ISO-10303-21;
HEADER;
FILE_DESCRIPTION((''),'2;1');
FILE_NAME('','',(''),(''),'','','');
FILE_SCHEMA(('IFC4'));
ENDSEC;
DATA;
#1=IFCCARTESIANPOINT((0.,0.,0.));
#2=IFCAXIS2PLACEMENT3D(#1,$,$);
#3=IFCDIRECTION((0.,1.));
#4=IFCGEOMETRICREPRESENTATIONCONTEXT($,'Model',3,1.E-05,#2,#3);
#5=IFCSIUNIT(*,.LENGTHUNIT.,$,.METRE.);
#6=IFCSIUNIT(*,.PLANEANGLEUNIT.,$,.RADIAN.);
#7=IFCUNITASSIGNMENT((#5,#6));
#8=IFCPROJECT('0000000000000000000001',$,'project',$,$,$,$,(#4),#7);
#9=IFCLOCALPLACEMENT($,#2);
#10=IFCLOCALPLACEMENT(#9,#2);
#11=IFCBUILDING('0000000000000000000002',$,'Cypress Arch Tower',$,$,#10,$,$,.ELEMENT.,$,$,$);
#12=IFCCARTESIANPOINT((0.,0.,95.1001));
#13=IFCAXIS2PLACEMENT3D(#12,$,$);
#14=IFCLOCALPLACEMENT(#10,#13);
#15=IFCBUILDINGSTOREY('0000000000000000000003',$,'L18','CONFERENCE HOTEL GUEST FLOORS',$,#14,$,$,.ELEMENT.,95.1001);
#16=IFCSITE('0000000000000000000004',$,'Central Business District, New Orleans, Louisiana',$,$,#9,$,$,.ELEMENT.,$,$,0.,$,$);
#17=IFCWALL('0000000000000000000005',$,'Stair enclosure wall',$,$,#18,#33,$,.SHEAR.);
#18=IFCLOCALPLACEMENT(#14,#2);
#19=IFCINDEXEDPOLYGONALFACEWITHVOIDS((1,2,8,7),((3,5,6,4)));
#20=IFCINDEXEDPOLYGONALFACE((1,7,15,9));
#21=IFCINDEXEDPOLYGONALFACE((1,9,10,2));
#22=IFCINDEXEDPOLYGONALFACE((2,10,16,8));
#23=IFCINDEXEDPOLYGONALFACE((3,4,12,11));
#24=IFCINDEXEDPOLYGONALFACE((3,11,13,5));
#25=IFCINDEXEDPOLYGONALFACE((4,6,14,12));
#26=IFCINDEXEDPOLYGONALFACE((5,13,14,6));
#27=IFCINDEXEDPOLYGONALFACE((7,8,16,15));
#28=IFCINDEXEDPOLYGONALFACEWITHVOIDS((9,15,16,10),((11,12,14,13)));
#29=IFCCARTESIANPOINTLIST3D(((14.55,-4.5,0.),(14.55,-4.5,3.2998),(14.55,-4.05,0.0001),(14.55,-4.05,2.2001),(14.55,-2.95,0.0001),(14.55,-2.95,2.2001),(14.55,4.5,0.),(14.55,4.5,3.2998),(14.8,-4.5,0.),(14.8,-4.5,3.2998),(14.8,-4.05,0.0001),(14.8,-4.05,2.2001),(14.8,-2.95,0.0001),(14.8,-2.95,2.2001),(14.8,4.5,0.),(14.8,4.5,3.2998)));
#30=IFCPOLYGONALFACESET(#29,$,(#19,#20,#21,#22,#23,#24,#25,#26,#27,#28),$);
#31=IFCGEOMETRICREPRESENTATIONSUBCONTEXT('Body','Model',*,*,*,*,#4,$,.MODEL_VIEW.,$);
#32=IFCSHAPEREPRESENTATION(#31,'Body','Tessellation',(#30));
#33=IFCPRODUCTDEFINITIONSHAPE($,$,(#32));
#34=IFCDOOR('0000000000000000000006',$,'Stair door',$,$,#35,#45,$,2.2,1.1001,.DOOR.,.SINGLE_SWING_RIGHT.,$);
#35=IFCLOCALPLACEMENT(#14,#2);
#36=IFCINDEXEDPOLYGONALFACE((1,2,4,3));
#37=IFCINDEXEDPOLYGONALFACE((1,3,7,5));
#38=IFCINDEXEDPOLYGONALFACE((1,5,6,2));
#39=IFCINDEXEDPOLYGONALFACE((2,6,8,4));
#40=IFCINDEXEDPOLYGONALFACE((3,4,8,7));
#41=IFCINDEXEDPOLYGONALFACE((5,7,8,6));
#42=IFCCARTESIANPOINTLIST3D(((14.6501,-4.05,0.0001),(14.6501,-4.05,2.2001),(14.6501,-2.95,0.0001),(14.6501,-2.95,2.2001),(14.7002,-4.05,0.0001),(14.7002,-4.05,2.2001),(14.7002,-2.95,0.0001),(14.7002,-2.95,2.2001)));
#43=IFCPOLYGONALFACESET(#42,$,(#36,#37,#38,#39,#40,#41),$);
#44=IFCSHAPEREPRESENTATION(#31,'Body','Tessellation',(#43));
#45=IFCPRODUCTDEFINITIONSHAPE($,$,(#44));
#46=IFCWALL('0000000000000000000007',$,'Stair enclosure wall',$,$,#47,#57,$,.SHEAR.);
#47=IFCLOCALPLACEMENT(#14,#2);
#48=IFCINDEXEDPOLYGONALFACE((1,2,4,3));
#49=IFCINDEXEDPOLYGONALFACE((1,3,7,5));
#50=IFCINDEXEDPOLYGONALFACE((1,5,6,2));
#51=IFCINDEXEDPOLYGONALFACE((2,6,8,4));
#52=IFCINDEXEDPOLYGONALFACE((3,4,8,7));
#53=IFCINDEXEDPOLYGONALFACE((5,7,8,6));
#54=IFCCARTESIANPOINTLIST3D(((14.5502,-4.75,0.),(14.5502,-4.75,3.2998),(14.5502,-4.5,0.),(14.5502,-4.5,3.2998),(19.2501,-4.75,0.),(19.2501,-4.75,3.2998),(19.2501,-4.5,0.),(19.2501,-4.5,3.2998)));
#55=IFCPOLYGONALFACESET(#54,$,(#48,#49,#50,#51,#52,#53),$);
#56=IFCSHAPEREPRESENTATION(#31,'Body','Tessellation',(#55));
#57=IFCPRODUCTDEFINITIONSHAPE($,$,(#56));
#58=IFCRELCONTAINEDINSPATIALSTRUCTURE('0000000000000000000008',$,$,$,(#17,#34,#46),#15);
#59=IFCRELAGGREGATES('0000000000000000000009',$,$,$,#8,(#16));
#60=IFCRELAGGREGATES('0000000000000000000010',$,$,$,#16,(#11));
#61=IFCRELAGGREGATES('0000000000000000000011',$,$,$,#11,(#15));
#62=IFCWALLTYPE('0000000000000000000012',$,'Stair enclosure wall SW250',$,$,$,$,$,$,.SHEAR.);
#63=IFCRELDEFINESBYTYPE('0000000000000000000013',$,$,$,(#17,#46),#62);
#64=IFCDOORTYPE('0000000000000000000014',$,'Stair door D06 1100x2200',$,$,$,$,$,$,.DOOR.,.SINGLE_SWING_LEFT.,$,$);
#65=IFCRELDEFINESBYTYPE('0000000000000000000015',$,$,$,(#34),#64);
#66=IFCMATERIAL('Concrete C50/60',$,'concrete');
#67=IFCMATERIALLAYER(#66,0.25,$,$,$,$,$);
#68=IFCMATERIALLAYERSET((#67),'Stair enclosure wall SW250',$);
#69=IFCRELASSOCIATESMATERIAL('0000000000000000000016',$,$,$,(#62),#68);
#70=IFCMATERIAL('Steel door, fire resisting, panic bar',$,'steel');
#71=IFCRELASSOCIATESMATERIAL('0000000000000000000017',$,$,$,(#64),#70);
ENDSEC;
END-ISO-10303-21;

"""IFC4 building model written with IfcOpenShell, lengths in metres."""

from ifc_helpers import new_model, si_unit, direction, frame, frame_2d, origin, place, context, subcontext, project, spatial, rectangle, extrude, material, layer, layer_set, type_object, element, fill, save


model = new_model("IFC4")

# Units and contexts
model_context = context("Model", 3, precision=1e-05, world=origin(), true_north=direction((0.0, 1.0)))
body_context = subcontext(model_context, "Body", "Model", "MODEL_VIEW")
ifc_project = project(units=[si_unit("LENGTHUNIT", "METRE"), si_unit("PLANEANGLEUNIT", "RADIAN")], contexts=[model_context])

# Site, building, storey
site_placement = place(None, origin())
site = spatial("IfcSite", under=ifc_project, at=site_placement, Name="Central Business District, New Orleans, Louisiana", CompositionType="ELEMENT", RefElevation=0.0)
building_placement = place(site_placement, origin())
building = spatial("IfcBuilding", under=site, at=building_placement, Name="Cypress Arch Tower", CompositionType="ELEMENT")
storey_placement = place(building_placement, frame((0.0, 0.0, 95.1001)))
storey = spatial("IfcBuildingStorey", under=building, at=storey_placement, Name="L18", Description="CONFERENCE HOTEL GUEST FLOORS", CompositionType="ELEMENT", Elevation=95.1001)

# Wall, opening, door
ifc_material_1 = material(Name="Concrete C50/60", Category="concrete")
ifc_layer_1 = layer(ifc_material_1, 0.25)
ifc_layer_set_1 = layer_set([ifc_layer_1], Name="Stair enclosure wall SW250")
wall_type_1 = type_object("IfcWallType", Name="Stair enclosure wall SW250", PredefinedType="SHEAR", material=ifc_layer_set_1)
wall_1_placement = place(storey_placement, frame((14.675, -4.5, 0.0), z_axis=(0.0, 0.0, 1.0), x_axis=(0.0, 1.0, 0.0)))
wall_1 = element("IfcWall", 1, at=wall_1_placement, inside=storey, type_object=wall_type_1, Name="Stair enclosure wall", PredefinedType="SHEAR", context=body_context, shape_type="SweptSolid", body=[
    extrude(rectangle(XDim=9.0, YDim=0.25, at=frame_2d((4.5, 0.0))), origin(), (0.0, 0.0, 1.0), 3.2998),
])
opening_1_placement = place(wall_1_placement, frame((0.45, 0.0, 0.0)))
opening_1 = element("IfcOpeningElement", 2, at=opening_1_placement, cuts=wall_1, PredefinedType="OPENING", context=body_context, shape_type="SweptSolid", body=[
    extrude(rectangle(XDim=1.1001, YDim=2.2, at=frame_2d((0.55, 1.1001))), frame((0.0, 0.135, 0.0), z_axis=(0.0, -1.0, 0.0), x_axis=(1.0, 0.0, 0.0)), (0.0, 0.0, 1.0), 0.27),
])
ifc_material_2 = material(Name="Steel door, fire resisting, panic bar", Category="steel")
door_type_1 = type_object("IfcDoorType", Name="Stair door D06 1100x2200", OperationType="SINGLE_SWING_LEFT", PredefinedType="DOOR", material=ifc_material_2)
door_1_placement = place(opening_1_placement, origin())
door_1 = element("IfcDoor", 3, at=door_1_placement, inside=storey, type_object=door_type_1, Name="Stair door", OperationType="SINGLE_SWING_RIGHT", OverallHeight=2.2, OverallWidth=1.1001, PredefinedType="DOOR", context=body_context, shape_type="SweptSolid", body=[
    extrude(rectangle(XDim=1.1001, YDim=2.2, at=frame_2d((0.55, 1.1001))), frame((0.0, 0.0249, 0.0), z_axis=(0.0, -1.0, 0.0), x_axis=(1.0, 0.0, 0.0)), (0.0, 0.0, 1.0), 0.05),
])
fill(opening_1, door_1)

# Wall
wall_2_placement = place(storey_placement, frame((14.55, -4.625, 0.0), z_axis=(0.0, 0.0, 1.0), x_axis=(1.0, 0.0, 0.0)))
element("IfcWall", 4, at=wall_2_placement, inside=storey, type_object=wall_type_1, Name="Stair enclosure wall", PredefinedType="SHEAR", context=body_context, shape_type="SweptSolid", body=[
    extrude(rectangle(XDim=4.7, YDim=0.25, at=frame_2d((2.3501, 0.0))), origin(), (0.0, 0.0, 1.0), 3.2998),
])

save(model, "model.ifc")
